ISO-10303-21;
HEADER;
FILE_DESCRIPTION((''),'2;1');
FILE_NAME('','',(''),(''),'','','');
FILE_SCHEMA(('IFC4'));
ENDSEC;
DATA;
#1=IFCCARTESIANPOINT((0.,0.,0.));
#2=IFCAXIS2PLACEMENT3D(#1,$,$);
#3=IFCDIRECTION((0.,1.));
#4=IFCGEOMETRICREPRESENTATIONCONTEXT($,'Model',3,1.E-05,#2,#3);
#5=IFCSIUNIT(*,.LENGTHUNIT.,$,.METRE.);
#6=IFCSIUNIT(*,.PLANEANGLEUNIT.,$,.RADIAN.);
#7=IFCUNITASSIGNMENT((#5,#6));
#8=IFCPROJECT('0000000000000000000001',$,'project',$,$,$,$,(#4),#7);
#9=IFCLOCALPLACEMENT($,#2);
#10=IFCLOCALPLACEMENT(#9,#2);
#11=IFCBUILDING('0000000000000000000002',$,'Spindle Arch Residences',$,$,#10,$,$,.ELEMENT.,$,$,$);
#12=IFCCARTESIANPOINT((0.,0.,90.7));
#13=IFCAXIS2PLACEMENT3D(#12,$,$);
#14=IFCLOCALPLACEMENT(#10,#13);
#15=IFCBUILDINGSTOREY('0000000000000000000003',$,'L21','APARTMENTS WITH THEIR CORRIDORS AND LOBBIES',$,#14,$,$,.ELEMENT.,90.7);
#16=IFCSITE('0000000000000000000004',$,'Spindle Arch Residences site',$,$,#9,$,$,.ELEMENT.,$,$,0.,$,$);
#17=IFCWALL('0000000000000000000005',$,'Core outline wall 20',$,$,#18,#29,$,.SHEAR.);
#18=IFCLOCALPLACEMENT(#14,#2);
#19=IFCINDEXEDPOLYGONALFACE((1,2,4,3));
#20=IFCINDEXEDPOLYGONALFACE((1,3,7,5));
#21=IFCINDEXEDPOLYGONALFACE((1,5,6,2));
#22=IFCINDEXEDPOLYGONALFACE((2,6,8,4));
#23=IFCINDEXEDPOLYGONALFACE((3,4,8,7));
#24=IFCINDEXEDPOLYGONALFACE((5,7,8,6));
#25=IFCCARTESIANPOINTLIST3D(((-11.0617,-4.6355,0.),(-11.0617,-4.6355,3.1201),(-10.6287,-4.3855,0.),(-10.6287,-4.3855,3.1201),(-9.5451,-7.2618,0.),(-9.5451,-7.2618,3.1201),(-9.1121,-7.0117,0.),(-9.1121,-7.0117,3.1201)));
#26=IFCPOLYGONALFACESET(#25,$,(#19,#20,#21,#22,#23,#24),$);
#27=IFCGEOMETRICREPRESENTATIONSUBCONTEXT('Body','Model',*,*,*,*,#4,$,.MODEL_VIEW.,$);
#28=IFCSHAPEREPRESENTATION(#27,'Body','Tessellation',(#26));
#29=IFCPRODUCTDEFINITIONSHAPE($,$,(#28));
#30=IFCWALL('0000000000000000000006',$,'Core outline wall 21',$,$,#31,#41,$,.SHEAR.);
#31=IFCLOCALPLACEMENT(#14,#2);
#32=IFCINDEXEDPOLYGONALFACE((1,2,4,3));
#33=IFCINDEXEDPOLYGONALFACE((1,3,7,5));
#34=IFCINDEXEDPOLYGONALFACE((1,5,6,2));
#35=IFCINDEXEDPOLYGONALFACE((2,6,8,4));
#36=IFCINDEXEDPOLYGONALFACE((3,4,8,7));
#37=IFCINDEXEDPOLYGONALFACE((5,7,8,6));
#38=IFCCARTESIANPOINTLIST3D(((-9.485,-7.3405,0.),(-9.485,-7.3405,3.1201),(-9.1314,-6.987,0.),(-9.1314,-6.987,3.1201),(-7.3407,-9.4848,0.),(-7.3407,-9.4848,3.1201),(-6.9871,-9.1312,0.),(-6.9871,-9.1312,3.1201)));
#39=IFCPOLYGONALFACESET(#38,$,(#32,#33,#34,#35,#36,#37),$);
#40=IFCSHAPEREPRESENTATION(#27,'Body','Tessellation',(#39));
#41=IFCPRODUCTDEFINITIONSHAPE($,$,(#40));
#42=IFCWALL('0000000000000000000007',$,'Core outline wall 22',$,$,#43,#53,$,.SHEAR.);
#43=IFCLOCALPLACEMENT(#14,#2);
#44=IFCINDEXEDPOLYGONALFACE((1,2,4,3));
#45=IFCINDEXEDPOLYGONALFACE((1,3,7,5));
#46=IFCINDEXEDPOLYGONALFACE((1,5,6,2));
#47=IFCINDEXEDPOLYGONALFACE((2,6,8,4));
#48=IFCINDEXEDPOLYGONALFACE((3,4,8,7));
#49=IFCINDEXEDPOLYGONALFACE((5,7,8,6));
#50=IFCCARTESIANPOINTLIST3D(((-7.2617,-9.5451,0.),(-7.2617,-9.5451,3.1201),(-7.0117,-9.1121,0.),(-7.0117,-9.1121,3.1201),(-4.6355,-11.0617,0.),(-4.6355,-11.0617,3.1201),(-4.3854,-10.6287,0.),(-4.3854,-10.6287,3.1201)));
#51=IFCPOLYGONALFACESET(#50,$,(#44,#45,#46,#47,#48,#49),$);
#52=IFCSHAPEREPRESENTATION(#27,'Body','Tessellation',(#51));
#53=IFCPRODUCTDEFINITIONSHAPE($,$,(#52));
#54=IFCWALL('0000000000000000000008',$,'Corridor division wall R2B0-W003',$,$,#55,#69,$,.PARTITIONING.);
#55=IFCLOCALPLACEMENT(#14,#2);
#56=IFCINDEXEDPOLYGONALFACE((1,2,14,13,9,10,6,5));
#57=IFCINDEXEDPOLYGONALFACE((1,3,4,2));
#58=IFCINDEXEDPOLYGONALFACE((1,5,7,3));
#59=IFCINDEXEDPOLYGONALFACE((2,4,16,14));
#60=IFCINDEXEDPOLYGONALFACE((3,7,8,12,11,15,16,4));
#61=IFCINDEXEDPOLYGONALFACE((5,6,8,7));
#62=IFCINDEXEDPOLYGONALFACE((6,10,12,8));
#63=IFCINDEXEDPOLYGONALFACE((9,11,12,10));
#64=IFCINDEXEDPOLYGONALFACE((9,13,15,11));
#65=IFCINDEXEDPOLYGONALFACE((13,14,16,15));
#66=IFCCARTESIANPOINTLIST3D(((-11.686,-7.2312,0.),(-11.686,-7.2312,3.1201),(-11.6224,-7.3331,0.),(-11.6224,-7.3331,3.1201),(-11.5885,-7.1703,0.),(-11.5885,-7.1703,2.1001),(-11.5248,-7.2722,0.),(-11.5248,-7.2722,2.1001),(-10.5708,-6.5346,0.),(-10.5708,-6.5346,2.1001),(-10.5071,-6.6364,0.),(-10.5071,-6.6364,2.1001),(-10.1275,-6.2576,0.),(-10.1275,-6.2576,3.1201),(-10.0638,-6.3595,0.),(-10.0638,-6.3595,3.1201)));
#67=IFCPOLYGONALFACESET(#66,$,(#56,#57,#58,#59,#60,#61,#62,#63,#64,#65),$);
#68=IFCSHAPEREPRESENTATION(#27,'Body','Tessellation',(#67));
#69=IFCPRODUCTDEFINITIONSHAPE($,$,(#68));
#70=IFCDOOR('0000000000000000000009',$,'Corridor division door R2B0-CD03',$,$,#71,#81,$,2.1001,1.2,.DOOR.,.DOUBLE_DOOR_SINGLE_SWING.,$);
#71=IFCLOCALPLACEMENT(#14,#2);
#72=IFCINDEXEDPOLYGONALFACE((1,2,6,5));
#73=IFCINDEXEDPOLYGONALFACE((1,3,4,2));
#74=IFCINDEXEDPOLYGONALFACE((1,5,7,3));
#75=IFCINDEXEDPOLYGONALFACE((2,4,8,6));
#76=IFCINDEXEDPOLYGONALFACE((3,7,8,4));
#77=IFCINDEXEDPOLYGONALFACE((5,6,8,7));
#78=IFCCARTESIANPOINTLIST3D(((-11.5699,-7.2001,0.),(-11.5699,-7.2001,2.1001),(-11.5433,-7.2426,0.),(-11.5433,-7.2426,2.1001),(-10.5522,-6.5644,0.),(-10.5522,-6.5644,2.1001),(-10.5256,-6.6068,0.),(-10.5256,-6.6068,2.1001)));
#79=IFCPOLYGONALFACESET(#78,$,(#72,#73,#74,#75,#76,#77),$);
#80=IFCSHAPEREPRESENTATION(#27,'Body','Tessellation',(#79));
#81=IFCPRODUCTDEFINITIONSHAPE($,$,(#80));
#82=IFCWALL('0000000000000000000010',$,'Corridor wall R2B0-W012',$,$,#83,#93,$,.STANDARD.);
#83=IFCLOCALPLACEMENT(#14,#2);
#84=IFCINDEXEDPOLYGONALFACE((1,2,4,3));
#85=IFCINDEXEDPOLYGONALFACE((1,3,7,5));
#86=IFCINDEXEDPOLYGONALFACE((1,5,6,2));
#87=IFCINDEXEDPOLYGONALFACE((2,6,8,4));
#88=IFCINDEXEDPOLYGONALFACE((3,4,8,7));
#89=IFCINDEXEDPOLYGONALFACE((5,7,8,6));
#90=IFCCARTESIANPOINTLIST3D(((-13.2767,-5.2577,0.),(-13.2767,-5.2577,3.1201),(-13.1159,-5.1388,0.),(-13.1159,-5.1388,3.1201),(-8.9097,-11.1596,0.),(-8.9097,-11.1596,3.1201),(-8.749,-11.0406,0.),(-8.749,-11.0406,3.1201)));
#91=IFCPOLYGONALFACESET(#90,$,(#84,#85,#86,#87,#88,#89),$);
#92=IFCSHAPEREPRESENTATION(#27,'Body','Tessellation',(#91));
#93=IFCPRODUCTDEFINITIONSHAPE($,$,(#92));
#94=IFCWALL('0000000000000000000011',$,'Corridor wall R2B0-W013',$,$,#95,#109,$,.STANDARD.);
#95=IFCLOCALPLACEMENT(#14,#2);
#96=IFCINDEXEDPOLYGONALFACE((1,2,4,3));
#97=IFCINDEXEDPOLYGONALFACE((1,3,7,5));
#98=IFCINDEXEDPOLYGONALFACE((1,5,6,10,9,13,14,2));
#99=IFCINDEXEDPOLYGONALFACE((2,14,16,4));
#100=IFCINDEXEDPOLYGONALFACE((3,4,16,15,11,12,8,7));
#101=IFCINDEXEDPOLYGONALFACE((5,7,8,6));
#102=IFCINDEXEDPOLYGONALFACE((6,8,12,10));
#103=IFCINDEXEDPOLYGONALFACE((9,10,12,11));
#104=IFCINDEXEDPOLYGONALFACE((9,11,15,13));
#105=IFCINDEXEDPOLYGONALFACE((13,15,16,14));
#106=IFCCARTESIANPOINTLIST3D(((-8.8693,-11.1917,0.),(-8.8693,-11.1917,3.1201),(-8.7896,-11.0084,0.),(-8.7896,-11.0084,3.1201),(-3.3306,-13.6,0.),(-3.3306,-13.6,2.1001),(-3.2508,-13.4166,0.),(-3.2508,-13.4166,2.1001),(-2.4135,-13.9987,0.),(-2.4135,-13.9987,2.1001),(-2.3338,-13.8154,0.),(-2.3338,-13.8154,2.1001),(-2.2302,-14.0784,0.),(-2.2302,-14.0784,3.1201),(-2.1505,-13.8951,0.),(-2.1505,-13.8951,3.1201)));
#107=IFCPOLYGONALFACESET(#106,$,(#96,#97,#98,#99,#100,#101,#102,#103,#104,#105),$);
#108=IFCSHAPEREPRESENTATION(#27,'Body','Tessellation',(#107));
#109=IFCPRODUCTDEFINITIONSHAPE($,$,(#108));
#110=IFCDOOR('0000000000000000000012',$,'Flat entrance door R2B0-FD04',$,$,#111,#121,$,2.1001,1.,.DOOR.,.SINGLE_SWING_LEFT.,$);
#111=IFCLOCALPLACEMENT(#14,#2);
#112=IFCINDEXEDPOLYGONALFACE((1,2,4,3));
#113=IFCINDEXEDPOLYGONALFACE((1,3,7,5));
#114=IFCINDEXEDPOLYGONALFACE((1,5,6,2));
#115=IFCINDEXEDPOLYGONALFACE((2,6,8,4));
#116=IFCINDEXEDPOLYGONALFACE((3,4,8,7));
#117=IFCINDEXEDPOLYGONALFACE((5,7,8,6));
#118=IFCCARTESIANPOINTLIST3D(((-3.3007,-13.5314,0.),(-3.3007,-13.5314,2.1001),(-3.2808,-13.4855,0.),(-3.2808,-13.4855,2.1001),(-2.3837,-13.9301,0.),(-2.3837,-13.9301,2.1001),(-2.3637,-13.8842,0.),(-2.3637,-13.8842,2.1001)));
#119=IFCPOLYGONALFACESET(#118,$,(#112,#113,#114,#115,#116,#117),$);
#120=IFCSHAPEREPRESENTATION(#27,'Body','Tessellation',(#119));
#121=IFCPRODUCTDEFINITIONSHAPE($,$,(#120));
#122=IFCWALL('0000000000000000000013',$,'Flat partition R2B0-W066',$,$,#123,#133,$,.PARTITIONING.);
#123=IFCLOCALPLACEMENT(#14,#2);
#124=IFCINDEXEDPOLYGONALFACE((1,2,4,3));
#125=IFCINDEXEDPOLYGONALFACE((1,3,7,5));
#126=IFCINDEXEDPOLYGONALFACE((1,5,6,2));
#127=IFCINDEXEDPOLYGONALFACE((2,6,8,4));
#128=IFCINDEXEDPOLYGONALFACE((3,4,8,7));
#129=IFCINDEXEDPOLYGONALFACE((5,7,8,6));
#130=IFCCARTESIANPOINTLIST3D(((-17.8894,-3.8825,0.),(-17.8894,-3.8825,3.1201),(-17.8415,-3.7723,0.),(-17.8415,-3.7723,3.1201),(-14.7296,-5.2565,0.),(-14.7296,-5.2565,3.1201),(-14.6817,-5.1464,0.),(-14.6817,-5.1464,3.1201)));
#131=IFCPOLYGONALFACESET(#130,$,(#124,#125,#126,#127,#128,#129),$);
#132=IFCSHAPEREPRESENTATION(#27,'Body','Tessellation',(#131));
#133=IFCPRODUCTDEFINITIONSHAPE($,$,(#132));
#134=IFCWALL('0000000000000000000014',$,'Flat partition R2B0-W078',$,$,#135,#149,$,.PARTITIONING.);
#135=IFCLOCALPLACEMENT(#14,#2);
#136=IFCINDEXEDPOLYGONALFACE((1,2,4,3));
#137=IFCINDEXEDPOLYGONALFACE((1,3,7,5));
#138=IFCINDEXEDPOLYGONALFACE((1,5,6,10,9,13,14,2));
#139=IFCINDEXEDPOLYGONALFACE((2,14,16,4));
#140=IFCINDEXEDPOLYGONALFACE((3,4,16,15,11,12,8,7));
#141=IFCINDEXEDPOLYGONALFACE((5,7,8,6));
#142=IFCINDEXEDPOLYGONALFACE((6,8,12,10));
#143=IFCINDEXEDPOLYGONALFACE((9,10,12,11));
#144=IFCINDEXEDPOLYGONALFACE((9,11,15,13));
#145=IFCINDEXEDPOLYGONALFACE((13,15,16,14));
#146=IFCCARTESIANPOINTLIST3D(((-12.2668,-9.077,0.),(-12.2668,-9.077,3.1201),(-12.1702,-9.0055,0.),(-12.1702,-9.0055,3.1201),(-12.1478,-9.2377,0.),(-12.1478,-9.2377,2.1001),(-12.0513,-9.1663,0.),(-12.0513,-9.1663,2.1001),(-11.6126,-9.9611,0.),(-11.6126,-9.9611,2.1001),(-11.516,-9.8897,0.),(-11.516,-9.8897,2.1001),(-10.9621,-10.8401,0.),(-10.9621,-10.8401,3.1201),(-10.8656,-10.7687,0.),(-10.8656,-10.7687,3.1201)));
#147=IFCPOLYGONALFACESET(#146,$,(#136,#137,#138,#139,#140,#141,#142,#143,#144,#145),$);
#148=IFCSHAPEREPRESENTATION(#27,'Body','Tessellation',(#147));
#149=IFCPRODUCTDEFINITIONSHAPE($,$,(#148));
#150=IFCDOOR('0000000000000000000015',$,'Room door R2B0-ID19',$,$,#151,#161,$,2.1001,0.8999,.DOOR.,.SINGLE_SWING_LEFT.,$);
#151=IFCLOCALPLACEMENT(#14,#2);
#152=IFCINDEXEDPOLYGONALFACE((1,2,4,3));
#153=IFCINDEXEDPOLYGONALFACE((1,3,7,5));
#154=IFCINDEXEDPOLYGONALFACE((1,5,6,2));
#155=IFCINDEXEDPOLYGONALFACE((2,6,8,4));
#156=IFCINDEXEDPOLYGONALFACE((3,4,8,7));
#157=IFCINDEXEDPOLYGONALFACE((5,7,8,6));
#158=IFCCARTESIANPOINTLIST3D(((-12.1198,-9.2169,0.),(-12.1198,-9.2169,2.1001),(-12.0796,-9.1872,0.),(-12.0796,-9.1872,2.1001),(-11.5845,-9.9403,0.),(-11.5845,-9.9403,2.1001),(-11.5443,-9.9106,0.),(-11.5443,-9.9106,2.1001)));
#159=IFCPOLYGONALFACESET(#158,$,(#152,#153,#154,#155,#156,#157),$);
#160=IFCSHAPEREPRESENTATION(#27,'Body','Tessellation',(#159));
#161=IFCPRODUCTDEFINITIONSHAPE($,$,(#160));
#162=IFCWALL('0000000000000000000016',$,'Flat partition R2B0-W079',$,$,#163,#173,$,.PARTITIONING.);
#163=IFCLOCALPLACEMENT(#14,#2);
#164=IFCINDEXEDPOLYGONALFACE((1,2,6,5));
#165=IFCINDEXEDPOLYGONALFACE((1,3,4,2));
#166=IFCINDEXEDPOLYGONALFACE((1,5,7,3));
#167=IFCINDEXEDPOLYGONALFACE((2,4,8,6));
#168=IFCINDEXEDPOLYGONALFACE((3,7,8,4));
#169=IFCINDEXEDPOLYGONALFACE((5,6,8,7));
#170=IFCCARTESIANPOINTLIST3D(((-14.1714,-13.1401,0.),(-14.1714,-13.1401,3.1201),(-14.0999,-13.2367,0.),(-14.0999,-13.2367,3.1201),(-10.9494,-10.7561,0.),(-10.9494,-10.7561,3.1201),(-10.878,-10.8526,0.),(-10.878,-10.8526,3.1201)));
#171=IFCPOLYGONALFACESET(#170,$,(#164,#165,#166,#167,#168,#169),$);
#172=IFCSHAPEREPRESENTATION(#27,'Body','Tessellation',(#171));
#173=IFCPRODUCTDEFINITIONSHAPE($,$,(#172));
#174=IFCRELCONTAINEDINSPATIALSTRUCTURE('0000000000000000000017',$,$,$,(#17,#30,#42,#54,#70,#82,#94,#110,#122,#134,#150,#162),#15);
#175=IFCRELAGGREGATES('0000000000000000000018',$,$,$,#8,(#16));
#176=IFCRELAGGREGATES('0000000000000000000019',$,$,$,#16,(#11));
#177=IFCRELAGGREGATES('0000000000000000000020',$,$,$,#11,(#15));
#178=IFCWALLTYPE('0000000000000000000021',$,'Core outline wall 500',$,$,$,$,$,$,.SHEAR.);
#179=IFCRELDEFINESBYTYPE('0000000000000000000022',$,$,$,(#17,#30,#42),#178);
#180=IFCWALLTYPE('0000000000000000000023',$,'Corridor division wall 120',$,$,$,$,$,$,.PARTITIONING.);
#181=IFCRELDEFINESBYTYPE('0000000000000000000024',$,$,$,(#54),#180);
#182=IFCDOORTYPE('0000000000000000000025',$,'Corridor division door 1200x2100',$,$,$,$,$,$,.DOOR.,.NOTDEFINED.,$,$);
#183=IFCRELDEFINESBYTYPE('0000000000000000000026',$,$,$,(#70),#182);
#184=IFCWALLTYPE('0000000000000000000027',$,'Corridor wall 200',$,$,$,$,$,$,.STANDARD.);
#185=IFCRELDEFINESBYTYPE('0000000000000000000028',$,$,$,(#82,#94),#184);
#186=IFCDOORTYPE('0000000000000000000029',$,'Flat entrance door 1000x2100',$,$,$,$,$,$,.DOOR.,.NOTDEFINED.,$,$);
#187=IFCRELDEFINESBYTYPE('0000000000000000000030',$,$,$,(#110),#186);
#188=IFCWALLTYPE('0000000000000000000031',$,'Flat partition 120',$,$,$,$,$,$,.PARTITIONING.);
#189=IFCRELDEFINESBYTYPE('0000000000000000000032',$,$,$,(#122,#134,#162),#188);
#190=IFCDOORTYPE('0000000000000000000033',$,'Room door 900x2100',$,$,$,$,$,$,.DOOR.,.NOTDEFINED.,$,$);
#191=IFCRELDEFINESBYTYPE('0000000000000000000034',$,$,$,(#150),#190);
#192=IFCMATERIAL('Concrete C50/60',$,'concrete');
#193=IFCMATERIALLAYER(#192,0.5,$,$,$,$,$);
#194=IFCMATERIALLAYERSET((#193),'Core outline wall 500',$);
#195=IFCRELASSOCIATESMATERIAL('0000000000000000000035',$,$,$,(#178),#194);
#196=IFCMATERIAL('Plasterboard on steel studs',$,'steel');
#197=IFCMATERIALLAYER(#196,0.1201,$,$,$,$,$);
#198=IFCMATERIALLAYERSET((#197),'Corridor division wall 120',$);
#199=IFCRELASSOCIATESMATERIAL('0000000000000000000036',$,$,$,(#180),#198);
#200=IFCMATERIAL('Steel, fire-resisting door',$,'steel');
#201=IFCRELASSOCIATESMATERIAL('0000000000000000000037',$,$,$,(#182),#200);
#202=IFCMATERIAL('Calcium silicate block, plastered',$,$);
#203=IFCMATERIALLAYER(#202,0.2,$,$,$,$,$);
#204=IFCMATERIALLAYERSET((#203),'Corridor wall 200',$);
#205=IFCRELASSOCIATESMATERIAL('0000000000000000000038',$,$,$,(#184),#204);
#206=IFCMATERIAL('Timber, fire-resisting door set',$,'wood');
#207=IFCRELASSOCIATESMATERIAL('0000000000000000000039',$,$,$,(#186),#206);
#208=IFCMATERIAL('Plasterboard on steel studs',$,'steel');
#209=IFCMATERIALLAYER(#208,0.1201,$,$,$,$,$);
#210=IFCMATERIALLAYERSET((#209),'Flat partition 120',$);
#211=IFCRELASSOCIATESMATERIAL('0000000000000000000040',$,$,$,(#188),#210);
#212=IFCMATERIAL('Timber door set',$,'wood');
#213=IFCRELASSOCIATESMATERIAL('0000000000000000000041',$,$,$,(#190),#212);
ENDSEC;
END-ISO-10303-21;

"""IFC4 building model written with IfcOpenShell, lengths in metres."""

from ifc_helpers import new_model, si_unit, direction, frame, frame_2d, origin, place, context, subcontext, project, spatial, rectangle, extrude, material, layer, layer_set, type_object, element, fill, save


model = new_model("IFC4")

# Units and contexts
model_context = context("Model", 3, precision=1e-05, world=origin(), true_north=direction((0.0, 1.0)))
body_context = subcontext(model_context, "Body", "Model", "MODEL_VIEW")
ifc_project = project(units=[si_unit("LENGTHUNIT", "METRE"), si_unit("PLANEANGLEUNIT", "RADIAN")], contexts=[model_context])

# Site, building, storey
site_placement = place(None, origin())
site = spatial("IfcSite", under=ifc_project, at=site_placement, Name="Spindle Arch Residences site", CompositionType="ELEMENT", RefElevation=0.0)
building_placement = place(site_placement, origin())
building = spatial("IfcBuilding", under=site, at=building_placement, Name="Spindle Arch Residences", CompositionType="ELEMENT")
storey_placement = place(building_placement, frame((0.0, 0.0, 90.7)))
storey = spatial("IfcBuildingStorey", under=building, at=storey_placement, Name="L21", Description="APARTMENTS WITH THEIR CORRIDORS AND LOBBIES", CompositionType="ELEMENT", Elevation=90.7)

# Walls
ifc_material_1 = material(Name="Concrete C50/60", Category="concrete")
ifc_layer_1 = layer(ifc_material_1, 0.5)
ifc_layer_set_1 = layer_set([ifc_layer_1], Name="Core outline wall 500")
wall_type_1 = type_object("IfcWallType", Name="Core outline wall 500", PredefinedType="SHEAR", material=ifc_layer_set_1)
wall_1_placement = place(storey_placement, frame((-10.8452, -4.5105, 0.0), z_axis=(0.0, 0.0, 1.0), x_axis=(0.500087, -0.865975, 0.0)))
element("IfcWall", 1, at=wall_1_placement, inside=storey, type_object=wall_type_1, Name="Core outline wall 20", PredefinedType="SHEAR", context=body_context, shape_type="SweptSolid", body=[
    extrude(rectangle(XDim=3.0327, YDim=0.5, at=frame_2d((1.5164, 0.0))), origin(), (0.0, 0.0, 1.0), 3.1201),
])
wall_2_placement = place(storey_placement, frame((-9.3081, -7.1638, 0.0), z_axis=(0.0, 0.0, 1.0), x_axis=(0.707107, -0.707107, 0.0)))
element("IfcWall", 2, at=wall_2_placement, inside=storey, type_object=wall_type_1, Name="Core outline wall 21", PredefinedType="SHEAR", context=body_context, shape_type="SweptSolid", body=[
    extrude(rectangle(XDim=3.0325, YDim=0.5, at=frame_2d((1.5161, 0.0))), origin(), (0.0, 0.0, 1.0), 3.1201),
])
wall_3_placement = place(storey_placement, frame((-7.1367, -9.3286, 0.0), z_axis=(0.0, 0.0, 1.0), x_axis=(0.865975, -0.500087, 0.0)))
element("IfcWall", 3, at=wall_3_placement, inside=storey, type_object=wall_type_1, Name="Core outline wall 22", PredefinedType="SHEAR", context=body_context, shape_type="SweptSolid", body=[
    extrude(rectangle(XDim=3.0327, YDim=0.5, at=frame_2d((1.5164, 0.0))), origin(), (0.0, 0.0, 1.0), 3.1201),
])

# Wall, opening, door
ifc_material_2 = material(Name="Plasterboard on steel studs", Category="steel")
ifc_layer_2 = layer(ifc_material_2, 0.1201)
ifc_layer_set_2 = layer_set([ifc_layer_2], Name="Corridor division wall 120")
wall_type_2 = type_object("IfcWallType", Name="Corridor division wall 120", PredefinedType="PARTITIONING", material=ifc_layer_set_2)
wall_4_placement = place(storey_placement, frame((-11.6543, -7.2822, 0.0), z_axis=(0.0, 0.0, 1.0), x_axis=(0.848118, 0.529808, 0.0)))
wall_4 = element("IfcWall", 4, at=wall_4_placement, inside=storey, type_object=wall_type_2, Name="Corridor division wall R2B0-W003", PredefinedType="PARTITIONING", context=body_context, shape_type="SweptSolid", body=[
    extrude(rectangle(XDim=1.8376, YDim=0.1201, at=frame_2d((0.9189, 0.0))), origin(), (0.0, 0.0, 1.0), 3.1201),
])
opening_1_placement = place(wall_4_placement, frame((0.115, 0.0, 0.0)))
opening_1 = element("IfcOpeningElement", 5, at=opening_1_placement, cuts=wall_4, PredefinedType="OPENING", context=body_context, shape_type="SweptSolid", body=[
    extrude(rectangle(XDim=1.2, YDim=2.1001, at=frame_2d((0.6001, 1.05))), frame((0.0, 0.0701, 0.0), z_axis=(0.0, -1.0, 0.0), x_axis=(1.0, 0.0, 0.0)), (0.0, 0.0, 1.0), 0.1401),
])
ifc_material_3 = material(Name="Steel, fire-resisting door", Category="steel")
door_type_1 = type_object("IfcDoorType", Name="Corridor division door 1200x2100", OperationType="NOTDEFINED", PredefinedType="DOOR", material=ifc_material_3)
door_1_placement = place(opening_1_placement, origin())
door_1 = element("IfcDoor", 6, at=door_1_placement, inside=storey, type_object=door_type_1, Name="Corridor division door R2B0-CD03", OperationType="DOUBLE_DOOR_SINGLE_SWING", OverallHeight=2.1001, OverallWidth=1.2, PredefinedType="DOOR", context=body_context, shape_type="SweptSolid", body=[
    extrude(rectangle(XDim=1.2, YDim=2.1001, at=frame_2d((0.6001, 1.05))), frame((0.0, 0.0249, 0.0), z_axis=(0.0, -1.0, 0.0), x_axis=(1.0, 0.0, 0.0)), (0.0, 0.0, 1.0), 0.05),
])
fill(opening_1, door_1)

# Wall
ifc_material_4 = material(Name="Calcium silicate block, plastered")
ifc_layer_3 = layer(ifc_material_4, 0.2)
ifc_layer_set_3 = layer_set([ifc_layer_3], Name="Corridor wall 200")
wall_type_3 = type_object("IfcWallType", Name="Corridor wall 200", PredefinedType="STANDARD", material=ifc_layer_set_3)
wall_5_placement = place(storey_placement, frame((-13.1963, -5.1982, 0.0), z_axis=(0.0, 0.0, 1.0), x_axis=(0.594805, -0.80387, 0.0)))
element("IfcWall", 7, at=wall_5_placement, inside=storey, type_object=wall_type_3, Name="Corridor wall R2B0-W012", PredefinedType="STANDARD", context=body_context, shape_type="SweptSolid", body=[
    extrude(rectangle(XDim=7.3418, YDim=0.2, at=frame_2d((3.6709, 0.0))), origin(), (0.0, 0.0, 1.0), 3.1201),
])

# Wall, opening, door
wall_6_placement = place(storey_placement, frame((-8.8293, -11.1001, 0.0), z_axis=(0.0, 0.0, 1.0), x_axis=(0.917064, -0.398741, 0.0)))
wall_6 = element("IfcWall", 8, at=wall_6_placement, inside=storey, type_object=wall_type_3, Name="Corridor wall R2B0-W013", PredefinedType="STANDARD", context=body_context, shape_type="SweptSolid", body=[
    extrude(rectangle(XDim=7.2395, YDim=0.2, at=frame_2d((3.6196, 0.0))), origin(), (0.0, 0.0, 1.0), 3.1201),
])
opening_2_placement = place(wall_6_placement, frame((6.0396, 0.0, 0.0)))
opening_2 = element("IfcOpeningElement", 9, at=opening_2_placement, cuts=wall_6, PredefinedType="OPENING", context=body_context, shape_type="SweptSolid", body=[
    extrude(rectangle(XDim=1.0, YDim=2.1001, at=frame_2d((0.5, 1.05))), frame((0.0, 0.1099, 0.0), z_axis=(0.0, -1.0, 0.0), x_axis=(1.0, 0.0, 0.0)), (0.0, 0.0, 1.0), 0.22),
])
ifc_material_5 = material(Name="Timber, fire-resisting door set", Category="wood")
door_type_2 = type_object("IfcDoorType", Name="Flat entrance door 1000x2100", OperationType="NOTDEFINED", PredefinedType="DOOR", material=ifc_material_5)
door_2_placement = place(opening_2_placement, origin())
door_2 = element("IfcDoor", 10, at=door_2_placement, inside=storey, type_object=door_type_2, Name="Flat entrance door R2B0-FD04", OperationType="SINGLE_SWING_LEFT", OverallHeight=2.1001, OverallWidth=1.0, PredefinedType="DOOR", context=body_context, shape_type="SweptSolid", body=[
    extrude(rectangle(XDim=1.0, YDim=2.1001, at=frame_2d((0.5, 1.05))), frame((0.0, 0.0249, 0.0), z_axis=(0.0, -1.0, 0.0), x_axis=(1.0, 0.0, 0.0)), (0.0, 0.0, 1.0), 0.05),
])
fill(opening_2, door_2)

# Wall
ifc_material_6 = material(Name="Plasterboard on steel studs", Category="steel")
ifc_layer_4 = layer(ifc_material_6, 0.1201)
ifc_layer_set_4 = layer_set([ifc_layer_4], Name="Flat partition 120")
wall_type_4 = type_object("IfcWallType", Name="Flat partition 120", PredefinedType="PARTITIONING", material=ifc_layer_set_4)
wall_7_placement = place(storey_placement, frame((-14.7058, -5.2014, 0.0), z_axis=(0.0, 0.0, 1.0), x_axis=(-0.917043, 0.398788, 0.0)))
element("IfcWall", 11, at=wall_7_placement, inside=storey, type_object=wall_type_4, Name="Flat partition R2B0-W066", PredefinedType="PARTITIONING", context=body_context, shape_type="SweptSolid", body=[
    extrude(rectangle(XDim=3.4456, YDim=0.1201, at=frame_2d((1.7227, 0.0))), origin(), (0.0, 0.0, 1.0), 3.1201),
])

# Wall, opening, door
wall_8_placement = place(storey_placement, frame((-12.2185, -9.0413, 0.0), z_axis=(0.0, 0.0, 1.0), x_axis=(0.594823, -0.803857, 0.0)))
wall_8 = element("IfcWall", 12, at=wall_8_placement, inside=storey, type_object=wall_type_4, Name="Flat partition R2B0-W078", PredefinedType="PARTITIONING", context=body_context, shape_type="SweptSolid", body=[
    extrude(rectangle(XDim=2.1934, YDim=0.1201, at=frame_2d((1.0967, 0.0))), origin(), (0.0, 0.0, 1.0), 3.1201),
])
opening_3_placement = place(wall_8_placement, frame((0.2, 0.0, 0.0)))
opening_3 = element("IfcOpeningElement", 13, at=opening_3_placement, cuts=wall_8, PredefinedType="OPENING", context=body_context, shape_type="SweptSolid", body=[
    extrude(rectangle(XDim=0.8999, YDim=2.1001, at=frame_2d((0.45, 1.05))), frame((0.0, 0.0701, 0.0), z_axis=(0.0, -1.0, 0.0), x_axis=(1.0, 0.0, 0.0)), (0.0, 0.0, 1.0), 0.1401),
])
ifc_material_7 = material(Name="Timber door set", Category="wood")
door_type_3 = type_object("IfcDoorType", Name="Room door 900x2100", OperationType="NOTDEFINED", PredefinedType="DOOR", material=ifc_material_7)
door_3_placement = place(opening_3_placement, origin())
door_3 = element("IfcDoor", 14, at=door_3_placement, inside=storey, type_object=door_type_3, Name="Room door R2B0-ID19", OperationType="SINGLE_SWING_LEFT", OverallHeight=2.1001, OverallWidth=0.8999, PredefinedType="DOOR", context=body_context, shape_type="SweptSolid", body=[
    extrude(rectangle(XDim=0.8999, YDim=2.1001, at=frame_2d((0.45, 1.05))), frame((0.0, 0.0249, 0.0), z_axis=(0.0, -1.0, 0.0), x_axis=(1.0, 0.0, 0.0)), (0.0, 0.0, 1.0), 0.05),
])
fill(opening_3, door_3)

# Wall
wall_9_placement = place(storey_placement, frame((-10.9138, -10.8044, 0.0), z_axis=(0.0, 0.0, 1.0), x_axis=(-0.803865, -0.594812, 0.0)))
element("IfcWall", 15, at=wall_9_placement, inside=storey, type_object=wall_type_4, Name="Flat partition R2B0-W079", PredefinedType="PARTITIONING", context=body_context, shape_type="SweptSolid", body=[
    extrude(rectangle(XDim=4.0081, YDim=0.1201, at=frame_2d((2.0039, 0.0))), origin(), (0.0, 0.0, 1.0), 3.1201),
])

save(model, "model.ifc")
